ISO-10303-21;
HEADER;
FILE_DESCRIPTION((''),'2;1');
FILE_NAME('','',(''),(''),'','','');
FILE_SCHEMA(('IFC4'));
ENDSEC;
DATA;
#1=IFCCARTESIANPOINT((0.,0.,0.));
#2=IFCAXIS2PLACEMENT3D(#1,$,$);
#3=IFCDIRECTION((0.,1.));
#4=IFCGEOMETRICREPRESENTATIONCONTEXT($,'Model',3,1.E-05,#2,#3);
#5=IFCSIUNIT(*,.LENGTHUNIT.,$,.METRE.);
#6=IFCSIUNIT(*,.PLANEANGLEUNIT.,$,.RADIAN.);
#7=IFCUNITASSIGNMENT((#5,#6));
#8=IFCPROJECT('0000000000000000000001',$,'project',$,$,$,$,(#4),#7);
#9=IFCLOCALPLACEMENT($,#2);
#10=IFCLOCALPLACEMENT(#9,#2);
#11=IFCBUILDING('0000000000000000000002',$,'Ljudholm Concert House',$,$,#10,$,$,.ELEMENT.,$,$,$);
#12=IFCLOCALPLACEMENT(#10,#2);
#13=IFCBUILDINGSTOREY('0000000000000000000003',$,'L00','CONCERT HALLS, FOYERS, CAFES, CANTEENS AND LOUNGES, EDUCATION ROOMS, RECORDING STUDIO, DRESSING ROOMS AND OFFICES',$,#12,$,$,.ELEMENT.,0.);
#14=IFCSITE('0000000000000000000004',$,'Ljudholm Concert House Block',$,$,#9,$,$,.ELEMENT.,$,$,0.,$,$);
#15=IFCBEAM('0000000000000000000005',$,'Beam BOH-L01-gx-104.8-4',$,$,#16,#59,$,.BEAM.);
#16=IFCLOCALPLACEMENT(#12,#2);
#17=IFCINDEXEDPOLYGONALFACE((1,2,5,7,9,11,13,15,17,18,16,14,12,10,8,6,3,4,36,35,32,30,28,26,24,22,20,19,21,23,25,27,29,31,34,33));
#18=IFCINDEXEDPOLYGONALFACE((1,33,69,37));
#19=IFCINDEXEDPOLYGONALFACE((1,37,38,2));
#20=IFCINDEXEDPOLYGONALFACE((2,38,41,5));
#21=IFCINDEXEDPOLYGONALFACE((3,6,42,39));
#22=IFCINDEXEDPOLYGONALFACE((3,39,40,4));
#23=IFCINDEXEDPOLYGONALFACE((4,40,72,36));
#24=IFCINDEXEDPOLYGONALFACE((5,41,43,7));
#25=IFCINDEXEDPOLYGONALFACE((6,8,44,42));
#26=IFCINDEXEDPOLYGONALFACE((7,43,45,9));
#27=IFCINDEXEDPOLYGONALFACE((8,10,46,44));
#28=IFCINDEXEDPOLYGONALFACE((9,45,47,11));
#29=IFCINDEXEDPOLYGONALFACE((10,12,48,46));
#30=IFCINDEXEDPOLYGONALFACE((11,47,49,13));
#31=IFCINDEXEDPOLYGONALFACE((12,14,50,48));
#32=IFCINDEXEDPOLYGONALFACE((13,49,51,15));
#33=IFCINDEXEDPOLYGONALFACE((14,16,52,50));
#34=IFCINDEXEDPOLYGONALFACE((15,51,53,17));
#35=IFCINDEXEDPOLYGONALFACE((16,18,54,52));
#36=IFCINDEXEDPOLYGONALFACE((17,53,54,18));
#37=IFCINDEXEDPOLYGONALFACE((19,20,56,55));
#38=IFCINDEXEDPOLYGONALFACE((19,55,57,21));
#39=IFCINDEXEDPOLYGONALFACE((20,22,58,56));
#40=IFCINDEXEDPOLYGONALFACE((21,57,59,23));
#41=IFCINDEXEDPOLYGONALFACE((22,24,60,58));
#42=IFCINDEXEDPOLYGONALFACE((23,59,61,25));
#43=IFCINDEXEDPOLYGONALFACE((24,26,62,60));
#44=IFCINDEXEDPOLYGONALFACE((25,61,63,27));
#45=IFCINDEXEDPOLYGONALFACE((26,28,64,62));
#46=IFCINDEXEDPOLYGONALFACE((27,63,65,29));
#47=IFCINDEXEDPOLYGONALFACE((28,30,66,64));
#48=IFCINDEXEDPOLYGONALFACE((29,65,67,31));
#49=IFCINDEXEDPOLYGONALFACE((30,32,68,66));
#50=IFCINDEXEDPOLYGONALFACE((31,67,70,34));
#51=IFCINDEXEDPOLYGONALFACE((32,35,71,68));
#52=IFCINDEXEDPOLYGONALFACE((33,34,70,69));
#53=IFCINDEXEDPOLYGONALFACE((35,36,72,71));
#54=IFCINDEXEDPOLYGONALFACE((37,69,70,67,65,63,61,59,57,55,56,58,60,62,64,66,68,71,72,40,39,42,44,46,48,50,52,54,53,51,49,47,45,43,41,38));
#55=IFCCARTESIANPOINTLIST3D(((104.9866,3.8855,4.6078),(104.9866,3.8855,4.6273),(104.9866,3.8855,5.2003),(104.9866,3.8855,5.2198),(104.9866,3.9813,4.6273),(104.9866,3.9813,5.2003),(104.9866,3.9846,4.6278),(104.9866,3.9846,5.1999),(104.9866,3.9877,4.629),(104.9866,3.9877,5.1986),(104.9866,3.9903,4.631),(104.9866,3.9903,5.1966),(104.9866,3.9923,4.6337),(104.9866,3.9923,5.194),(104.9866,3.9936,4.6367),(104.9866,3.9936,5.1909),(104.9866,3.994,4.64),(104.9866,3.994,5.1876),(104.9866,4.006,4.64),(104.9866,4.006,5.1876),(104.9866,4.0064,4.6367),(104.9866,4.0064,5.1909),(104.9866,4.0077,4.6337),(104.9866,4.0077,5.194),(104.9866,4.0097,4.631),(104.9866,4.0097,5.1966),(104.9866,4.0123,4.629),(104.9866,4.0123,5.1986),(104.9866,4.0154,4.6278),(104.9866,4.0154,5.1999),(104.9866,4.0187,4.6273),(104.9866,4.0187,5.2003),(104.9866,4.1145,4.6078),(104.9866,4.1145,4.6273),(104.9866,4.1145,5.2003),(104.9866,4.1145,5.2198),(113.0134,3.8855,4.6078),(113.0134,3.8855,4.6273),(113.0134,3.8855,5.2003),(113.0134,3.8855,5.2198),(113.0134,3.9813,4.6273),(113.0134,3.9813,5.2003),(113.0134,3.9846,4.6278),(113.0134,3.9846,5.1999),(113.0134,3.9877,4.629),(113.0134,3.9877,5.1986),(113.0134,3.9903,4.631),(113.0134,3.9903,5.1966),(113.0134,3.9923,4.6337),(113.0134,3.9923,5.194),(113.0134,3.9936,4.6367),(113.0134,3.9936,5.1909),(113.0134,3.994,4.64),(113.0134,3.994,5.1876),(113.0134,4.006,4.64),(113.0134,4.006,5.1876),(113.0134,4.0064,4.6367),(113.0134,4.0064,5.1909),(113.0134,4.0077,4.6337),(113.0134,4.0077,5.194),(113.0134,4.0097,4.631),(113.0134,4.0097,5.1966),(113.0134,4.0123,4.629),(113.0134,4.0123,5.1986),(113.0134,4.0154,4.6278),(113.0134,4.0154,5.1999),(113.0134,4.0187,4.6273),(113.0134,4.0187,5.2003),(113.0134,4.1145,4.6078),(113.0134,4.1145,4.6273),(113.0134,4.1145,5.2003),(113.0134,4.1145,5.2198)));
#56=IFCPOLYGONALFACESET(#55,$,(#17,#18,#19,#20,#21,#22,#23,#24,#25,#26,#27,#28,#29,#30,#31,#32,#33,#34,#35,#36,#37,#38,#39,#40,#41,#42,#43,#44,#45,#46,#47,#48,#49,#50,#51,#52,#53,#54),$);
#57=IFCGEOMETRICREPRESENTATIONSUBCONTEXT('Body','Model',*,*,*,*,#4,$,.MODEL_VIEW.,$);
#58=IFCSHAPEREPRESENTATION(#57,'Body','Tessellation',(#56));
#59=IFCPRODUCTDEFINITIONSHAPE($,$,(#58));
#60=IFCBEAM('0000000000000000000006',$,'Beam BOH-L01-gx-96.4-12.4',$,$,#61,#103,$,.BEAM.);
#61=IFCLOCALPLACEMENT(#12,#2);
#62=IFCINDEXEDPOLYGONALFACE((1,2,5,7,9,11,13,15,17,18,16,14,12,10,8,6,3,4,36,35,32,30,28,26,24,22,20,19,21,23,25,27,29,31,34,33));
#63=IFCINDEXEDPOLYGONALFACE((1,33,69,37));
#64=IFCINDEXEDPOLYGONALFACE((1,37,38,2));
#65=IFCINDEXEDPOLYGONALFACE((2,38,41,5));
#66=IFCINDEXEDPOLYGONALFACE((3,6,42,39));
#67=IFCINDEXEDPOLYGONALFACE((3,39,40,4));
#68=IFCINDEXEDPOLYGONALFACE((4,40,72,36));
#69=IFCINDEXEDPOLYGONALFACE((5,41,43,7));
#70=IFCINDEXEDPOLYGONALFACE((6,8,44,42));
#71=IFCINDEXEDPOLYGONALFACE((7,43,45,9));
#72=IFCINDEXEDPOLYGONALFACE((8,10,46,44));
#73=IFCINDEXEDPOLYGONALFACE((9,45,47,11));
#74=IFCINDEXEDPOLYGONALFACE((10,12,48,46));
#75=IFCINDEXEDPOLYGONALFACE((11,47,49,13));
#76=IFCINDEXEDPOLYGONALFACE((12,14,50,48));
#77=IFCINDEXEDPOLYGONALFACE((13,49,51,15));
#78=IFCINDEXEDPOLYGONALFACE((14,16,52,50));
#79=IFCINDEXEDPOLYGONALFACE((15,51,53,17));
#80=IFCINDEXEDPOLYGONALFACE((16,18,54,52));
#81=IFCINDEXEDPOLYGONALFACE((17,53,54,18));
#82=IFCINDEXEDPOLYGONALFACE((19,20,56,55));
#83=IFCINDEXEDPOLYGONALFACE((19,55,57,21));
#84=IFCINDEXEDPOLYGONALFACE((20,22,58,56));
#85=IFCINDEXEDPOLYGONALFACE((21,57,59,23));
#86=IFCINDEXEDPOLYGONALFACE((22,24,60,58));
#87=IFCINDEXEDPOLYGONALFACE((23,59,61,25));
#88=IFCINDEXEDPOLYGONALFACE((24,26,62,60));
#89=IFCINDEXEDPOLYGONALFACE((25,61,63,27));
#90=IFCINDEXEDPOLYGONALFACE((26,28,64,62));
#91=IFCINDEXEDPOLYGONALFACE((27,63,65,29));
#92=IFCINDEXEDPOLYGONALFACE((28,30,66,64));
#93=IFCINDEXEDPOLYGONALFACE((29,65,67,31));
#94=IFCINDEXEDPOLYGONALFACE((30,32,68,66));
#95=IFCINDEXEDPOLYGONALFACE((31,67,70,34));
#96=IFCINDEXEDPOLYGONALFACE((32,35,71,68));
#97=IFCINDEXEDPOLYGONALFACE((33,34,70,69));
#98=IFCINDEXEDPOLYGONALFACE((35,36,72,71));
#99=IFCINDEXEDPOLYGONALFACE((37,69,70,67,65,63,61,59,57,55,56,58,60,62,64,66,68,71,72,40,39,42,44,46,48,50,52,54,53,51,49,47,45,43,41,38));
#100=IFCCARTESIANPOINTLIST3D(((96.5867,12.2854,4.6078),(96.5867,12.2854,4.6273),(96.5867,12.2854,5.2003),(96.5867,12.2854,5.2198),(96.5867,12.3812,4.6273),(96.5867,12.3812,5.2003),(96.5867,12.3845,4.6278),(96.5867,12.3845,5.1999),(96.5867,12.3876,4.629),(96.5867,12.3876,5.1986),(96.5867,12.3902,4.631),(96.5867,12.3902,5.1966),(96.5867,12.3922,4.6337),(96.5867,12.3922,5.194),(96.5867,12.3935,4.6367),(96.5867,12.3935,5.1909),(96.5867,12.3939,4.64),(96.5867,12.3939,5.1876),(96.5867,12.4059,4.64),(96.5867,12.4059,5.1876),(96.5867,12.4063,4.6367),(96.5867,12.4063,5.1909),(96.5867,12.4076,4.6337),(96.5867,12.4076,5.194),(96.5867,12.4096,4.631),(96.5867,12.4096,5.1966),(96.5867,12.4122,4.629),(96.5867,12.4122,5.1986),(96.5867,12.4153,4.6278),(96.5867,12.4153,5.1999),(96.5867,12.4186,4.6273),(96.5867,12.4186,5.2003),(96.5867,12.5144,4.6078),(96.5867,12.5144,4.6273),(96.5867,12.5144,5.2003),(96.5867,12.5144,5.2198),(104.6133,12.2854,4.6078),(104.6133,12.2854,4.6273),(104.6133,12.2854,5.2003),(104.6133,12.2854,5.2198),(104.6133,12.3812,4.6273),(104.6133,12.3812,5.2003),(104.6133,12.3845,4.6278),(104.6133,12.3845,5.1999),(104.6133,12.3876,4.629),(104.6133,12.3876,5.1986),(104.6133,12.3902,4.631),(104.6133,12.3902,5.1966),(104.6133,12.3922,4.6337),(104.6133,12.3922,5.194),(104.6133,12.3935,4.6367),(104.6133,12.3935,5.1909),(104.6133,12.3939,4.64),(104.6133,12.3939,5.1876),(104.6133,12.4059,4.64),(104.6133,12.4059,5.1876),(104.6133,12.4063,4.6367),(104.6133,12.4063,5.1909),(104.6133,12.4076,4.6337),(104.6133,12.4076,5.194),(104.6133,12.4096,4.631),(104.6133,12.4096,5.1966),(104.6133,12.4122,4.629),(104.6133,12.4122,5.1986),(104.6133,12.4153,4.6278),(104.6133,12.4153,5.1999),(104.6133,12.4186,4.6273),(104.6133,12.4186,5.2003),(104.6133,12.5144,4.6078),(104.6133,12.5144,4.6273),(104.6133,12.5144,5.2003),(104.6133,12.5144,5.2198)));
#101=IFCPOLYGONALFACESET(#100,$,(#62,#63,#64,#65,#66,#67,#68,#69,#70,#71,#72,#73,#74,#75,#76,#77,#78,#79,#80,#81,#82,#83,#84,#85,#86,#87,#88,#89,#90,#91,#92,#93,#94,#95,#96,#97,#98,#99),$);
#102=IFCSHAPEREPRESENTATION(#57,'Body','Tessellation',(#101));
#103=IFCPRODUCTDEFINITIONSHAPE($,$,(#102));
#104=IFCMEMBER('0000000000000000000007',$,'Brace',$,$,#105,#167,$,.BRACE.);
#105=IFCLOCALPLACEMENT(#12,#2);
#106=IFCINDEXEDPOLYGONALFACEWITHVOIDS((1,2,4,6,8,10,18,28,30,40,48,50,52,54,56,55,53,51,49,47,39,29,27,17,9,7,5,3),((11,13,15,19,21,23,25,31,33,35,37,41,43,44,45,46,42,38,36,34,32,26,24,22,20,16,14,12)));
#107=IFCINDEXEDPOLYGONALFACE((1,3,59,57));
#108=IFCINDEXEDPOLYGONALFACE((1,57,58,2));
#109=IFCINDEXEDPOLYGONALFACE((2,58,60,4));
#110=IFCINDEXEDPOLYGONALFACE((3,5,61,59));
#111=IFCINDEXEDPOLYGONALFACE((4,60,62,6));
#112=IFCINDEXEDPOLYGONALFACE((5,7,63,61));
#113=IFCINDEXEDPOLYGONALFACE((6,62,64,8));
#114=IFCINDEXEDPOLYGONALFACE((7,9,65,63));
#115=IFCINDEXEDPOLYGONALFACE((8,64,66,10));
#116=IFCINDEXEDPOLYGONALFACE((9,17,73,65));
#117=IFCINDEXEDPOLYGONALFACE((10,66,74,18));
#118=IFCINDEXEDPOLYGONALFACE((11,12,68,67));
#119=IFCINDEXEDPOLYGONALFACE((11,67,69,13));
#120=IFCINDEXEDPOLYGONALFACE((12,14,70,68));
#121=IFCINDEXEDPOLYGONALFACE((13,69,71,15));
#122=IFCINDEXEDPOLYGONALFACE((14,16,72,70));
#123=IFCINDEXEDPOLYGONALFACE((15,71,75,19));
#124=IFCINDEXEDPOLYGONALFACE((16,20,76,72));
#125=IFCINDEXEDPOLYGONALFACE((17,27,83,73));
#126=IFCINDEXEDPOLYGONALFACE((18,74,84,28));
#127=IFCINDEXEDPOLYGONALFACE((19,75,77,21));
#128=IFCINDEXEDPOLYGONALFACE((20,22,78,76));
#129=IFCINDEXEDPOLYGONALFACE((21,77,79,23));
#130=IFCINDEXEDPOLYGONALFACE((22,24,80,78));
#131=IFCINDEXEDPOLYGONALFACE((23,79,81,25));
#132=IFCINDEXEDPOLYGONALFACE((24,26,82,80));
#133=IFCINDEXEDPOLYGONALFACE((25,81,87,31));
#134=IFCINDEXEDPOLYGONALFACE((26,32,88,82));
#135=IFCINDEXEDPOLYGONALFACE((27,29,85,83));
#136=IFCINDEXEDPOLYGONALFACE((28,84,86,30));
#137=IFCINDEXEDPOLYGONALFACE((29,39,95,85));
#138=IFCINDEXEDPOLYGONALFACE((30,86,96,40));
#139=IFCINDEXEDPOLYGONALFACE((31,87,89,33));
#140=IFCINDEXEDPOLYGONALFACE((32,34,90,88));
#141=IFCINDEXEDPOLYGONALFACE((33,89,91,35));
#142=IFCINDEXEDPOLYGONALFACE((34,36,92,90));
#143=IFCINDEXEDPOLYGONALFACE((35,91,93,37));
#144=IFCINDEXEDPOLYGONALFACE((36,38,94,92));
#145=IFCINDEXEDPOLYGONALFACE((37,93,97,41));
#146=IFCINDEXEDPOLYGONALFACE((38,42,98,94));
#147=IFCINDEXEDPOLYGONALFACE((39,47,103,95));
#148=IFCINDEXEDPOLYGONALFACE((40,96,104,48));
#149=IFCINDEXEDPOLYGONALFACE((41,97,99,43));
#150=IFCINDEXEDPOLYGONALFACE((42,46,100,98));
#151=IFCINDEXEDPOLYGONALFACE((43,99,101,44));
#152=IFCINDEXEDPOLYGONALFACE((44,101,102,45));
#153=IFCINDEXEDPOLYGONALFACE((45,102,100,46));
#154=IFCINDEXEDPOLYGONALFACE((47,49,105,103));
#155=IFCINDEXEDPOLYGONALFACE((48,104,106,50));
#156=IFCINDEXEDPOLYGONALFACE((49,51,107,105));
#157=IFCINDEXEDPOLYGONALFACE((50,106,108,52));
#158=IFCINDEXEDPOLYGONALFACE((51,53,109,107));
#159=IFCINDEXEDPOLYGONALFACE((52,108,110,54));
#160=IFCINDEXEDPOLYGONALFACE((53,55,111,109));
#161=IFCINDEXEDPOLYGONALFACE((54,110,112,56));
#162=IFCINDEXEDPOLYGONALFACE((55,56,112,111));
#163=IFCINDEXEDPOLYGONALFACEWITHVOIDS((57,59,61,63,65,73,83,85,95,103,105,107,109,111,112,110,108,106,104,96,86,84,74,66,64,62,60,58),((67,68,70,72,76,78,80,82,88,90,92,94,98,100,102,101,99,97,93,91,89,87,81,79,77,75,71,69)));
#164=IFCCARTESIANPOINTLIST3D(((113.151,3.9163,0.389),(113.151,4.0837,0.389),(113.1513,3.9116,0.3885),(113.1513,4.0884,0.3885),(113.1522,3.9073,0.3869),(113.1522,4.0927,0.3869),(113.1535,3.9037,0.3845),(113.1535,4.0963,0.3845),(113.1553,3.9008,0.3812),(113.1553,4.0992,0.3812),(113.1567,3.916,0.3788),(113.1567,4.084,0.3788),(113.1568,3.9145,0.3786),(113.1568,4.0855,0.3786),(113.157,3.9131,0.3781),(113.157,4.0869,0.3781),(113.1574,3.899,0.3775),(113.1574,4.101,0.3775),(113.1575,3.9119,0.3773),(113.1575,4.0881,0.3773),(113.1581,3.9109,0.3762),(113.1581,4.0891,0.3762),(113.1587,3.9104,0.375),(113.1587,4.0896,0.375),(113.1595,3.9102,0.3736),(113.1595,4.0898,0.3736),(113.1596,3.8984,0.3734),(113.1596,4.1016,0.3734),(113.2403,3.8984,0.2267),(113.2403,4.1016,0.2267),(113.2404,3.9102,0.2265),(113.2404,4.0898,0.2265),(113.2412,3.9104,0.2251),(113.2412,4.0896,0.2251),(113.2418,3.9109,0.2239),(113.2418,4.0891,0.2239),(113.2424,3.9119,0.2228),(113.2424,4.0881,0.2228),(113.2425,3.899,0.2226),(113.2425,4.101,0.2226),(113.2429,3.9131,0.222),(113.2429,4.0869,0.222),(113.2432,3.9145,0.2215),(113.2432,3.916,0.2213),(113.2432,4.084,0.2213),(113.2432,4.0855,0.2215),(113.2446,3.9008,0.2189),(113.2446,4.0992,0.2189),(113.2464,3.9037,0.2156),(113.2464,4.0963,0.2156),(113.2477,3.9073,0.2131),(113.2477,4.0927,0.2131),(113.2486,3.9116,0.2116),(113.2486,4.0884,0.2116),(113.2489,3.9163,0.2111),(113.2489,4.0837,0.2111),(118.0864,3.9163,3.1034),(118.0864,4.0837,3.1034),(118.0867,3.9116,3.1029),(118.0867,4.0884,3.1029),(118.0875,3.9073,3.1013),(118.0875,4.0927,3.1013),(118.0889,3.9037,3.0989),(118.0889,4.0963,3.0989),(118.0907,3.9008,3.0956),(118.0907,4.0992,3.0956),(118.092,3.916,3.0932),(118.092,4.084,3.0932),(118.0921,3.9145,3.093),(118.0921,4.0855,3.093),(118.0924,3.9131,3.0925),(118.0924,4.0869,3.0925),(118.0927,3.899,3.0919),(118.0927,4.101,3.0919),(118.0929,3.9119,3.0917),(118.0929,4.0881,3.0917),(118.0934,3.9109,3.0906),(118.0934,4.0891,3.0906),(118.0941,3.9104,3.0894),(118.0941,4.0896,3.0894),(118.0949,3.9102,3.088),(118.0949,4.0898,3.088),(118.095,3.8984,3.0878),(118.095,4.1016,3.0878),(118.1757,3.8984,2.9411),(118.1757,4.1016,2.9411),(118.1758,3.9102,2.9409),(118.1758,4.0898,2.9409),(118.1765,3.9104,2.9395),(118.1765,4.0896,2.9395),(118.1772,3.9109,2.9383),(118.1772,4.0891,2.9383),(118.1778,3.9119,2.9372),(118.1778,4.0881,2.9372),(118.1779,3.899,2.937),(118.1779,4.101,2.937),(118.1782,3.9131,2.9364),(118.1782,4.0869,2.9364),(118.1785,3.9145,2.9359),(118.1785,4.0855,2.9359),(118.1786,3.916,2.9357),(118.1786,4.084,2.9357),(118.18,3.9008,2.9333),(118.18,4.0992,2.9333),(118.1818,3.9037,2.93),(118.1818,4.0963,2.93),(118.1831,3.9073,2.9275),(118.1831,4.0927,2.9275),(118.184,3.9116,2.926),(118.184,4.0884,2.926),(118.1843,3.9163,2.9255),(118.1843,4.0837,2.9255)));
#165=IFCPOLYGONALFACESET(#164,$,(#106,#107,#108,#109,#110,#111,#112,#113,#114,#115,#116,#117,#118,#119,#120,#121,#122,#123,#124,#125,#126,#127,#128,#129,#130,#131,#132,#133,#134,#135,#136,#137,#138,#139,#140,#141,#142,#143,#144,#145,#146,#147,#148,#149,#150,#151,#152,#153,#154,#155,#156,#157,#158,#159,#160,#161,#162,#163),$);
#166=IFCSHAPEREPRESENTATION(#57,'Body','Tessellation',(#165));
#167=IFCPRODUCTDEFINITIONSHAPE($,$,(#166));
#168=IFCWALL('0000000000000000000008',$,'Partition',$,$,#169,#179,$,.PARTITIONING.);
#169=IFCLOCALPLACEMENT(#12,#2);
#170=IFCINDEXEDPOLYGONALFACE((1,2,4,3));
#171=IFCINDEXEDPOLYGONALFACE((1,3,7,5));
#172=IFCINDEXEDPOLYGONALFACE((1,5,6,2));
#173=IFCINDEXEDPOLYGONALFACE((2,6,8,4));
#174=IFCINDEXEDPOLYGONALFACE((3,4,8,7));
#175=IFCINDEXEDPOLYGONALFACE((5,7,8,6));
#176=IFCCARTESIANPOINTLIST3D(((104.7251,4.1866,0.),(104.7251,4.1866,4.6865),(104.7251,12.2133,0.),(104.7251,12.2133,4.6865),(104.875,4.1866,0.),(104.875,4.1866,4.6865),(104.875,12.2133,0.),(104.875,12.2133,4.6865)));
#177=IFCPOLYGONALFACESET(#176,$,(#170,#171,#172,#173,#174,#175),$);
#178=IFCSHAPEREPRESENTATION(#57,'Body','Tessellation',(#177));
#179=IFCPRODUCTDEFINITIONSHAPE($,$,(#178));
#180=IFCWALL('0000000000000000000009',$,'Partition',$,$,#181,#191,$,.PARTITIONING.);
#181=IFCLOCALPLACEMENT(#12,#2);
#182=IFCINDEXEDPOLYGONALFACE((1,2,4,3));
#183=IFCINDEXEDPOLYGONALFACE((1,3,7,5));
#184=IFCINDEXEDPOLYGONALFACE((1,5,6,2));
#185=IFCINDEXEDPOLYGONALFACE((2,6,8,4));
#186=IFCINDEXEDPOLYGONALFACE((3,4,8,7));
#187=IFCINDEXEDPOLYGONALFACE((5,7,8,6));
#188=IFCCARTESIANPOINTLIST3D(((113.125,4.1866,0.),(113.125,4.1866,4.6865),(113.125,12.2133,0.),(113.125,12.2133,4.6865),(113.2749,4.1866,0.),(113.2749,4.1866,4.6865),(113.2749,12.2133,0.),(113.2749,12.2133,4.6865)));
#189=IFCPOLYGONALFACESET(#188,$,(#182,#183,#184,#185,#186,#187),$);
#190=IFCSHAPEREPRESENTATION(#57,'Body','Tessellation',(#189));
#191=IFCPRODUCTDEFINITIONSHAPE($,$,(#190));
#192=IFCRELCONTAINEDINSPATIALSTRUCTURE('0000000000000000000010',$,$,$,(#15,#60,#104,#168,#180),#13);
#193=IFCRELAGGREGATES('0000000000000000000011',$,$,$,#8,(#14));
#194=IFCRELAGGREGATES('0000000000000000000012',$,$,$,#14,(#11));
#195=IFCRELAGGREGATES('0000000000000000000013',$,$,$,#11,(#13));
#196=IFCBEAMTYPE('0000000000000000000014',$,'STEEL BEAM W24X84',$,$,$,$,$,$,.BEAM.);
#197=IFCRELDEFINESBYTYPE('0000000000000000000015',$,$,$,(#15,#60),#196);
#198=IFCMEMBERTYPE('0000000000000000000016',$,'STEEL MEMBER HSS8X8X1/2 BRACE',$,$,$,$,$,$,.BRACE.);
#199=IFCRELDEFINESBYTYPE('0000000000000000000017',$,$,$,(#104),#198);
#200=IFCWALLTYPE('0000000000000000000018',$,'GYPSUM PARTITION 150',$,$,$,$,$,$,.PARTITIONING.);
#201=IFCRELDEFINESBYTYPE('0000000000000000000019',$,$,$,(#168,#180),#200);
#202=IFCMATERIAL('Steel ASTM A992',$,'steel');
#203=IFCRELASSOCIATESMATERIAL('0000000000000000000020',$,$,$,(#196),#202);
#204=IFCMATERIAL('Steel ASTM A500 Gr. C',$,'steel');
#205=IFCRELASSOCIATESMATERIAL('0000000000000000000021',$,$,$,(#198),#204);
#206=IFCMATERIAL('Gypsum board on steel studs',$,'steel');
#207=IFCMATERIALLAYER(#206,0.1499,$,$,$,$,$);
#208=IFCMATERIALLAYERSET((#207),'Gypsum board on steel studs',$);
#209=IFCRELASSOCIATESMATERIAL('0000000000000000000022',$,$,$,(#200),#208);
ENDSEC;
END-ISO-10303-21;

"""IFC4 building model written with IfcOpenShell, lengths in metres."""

from ifc_helpers import new_model, si_unit, direction, frame, frame_2d, origin, origin_2d, place, context, subcontext, project, spatial, rectangle, hollow_rectangle, i_section, extrude, material, layer, layer_set, material_profile, profile_set, type_object, element, save


model = new_model("IFC4")

# Units and contexts
model_context = context("Model", 3, precision=1e-05, world=origin(), true_north=direction((0.0, 1.0)))
body_context = subcontext(model_context, "Body", "Model", "MODEL_VIEW")
ifc_project = project(units=[si_unit("LENGTHUNIT", "METRE"), si_unit("PLANEANGLEUNIT", "RADIAN")], contexts=[model_context])

# Site, building, storey
site_placement = place(None, origin())
site = spatial("IfcSite", under=ifc_project, at=site_placement, Name="Ljudholm Concert House Block", CompositionType="ELEMENT", RefElevation=0.0)
building_placement = place(site_placement, origin())
building = spatial("IfcBuilding", under=site, at=building_placement, Name="Ljudholm Concert House", CompositionType="ELEMENT")
storey_placement = place(building_placement, origin())
storey = spatial("IfcBuildingStorey", under=building, at=storey_placement, Name="L00", Description="CONCERT HALLS, FOYERS, CAFES, CANTEENS AND LOUNGES, EDUCATION ROOMS, RECORDING STUDIO, DRESSING ROOMS AND OFFICES", CompositionType="ELEMENT", Elevation=0.0)

# Beams
ifc_material_1 = material(Name="Steel ASTM A992", Category="steel")
ifc_material_profile_1 = material_profile(ifc_material_1, i_section(OverallWidth=0.229, OverallDepth=0.6121, WebThickness=0.012, FlangeThickness=0.0195, FilletRadius=0.0127, at=origin_2d()), Name="W24X84")
ifc_profile_set_1 = profile_set([ifc_material_profile_1], Name="Steel ASTM A992")
beam_type_1 = type_object("IfcBeamType", Name="STEEL BEAM W24X84", PredefinedType="BEAM", material=ifc_profile_set_1)
beam_1_placement = place(storey_placement, frame((104.9866, 4.0, 4.9138), z_axis=(1.0, 0.0, 0.0), x_axis=(0.0, 1.0, 0.0)))
element("IfcBeam", 1, at=beam_1_placement, inside=storey, type_object=beam_type_1, Name="Beam BOH-L01-gx-104.8-4", PredefinedType="BEAM", context=body_context, shape_type="SweptSolid", body=[
    extrude(i_section(OverallWidth=0.229, OverallDepth=0.6121, WebThickness=0.012, FlangeThickness=0.0195, FilletRadius=0.0127, at=origin_2d()), origin(), (0.0, 0.0, 1.0), 8.0269),
])
beam_2_placement = place(storey_placement, frame((96.5867, 12.3999, 4.9138), z_axis=(1.0, 0.0, 0.0), x_axis=(0.0, 1.0, 0.0)))
element("IfcBeam", 2, at=beam_2_placement, inside=storey, type_object=beam_type_1, Name="Beam BOH-L01-gx-96.4-12.4", PredefinedType="BEAM", context=body_context, shape_type="SweptSolid", body=[
    extrude(i_section(OverallWidth=0.229, OverallDepth=0.6121, WebThickness=0.012, FlangeThickness=0.0195, FilletRadius=0.0127, at=origin_2d()), origin(), (0.0, 0.0, 1.0), 8.0266),
])

# Member
ifc_material_2 = material(Name="Steel ASTM A500 Gr. C", Category="steel")
ifc_material_profile_2 = material_profile(ifc_material_2, hollow_rectangle(XDim=0.2031, YDim=0.2031, WallThickness=0.0117, InnerFilletRadius=0.0059, OuterFilletRadius=0.0178, at=origin_2d()), Name="HSS8X8X1/2")
ifc_profile_set_2 = profile_set([ifc_material_profile_2], Name="Steel ASTM A500 Gr. C")
member_type = type_object("IfcMemberType", Name="STEEL MEMBER HSS8X8X1/2 BRACE", PredefinedType="BRACE", material=ifc_profile_set_2)
member_placement = place(storey_placement, frame((113.2, 4.0, 0.3), z_axis=(0.87622, 0.0, 0.48191), x_axis=(0.0, 1.0, 0.0)))
element("IfcMember", 3, at=member_placement, inside=storey, type_object=member_type, Name="Brace", PredefinedType="BRACE", context=body_context, shape_type="SweptSolid", body=[
    extrude(hollow_rectangle(XDim=0.2031, YDim=0.2031, WallThickness=0.0117, InnerFilletRadius=0.0059, OuterFilletRadius=0.0178, at=origin_2d()), origin(), (0.0, 0.0, 1.0), 5.6326),
])

# Walls
ifc_material_3 = material(Name="Gypsum board on steel studs", Category="steel")
ifc_layer_1 = layer(ifc_material_3, 0.1499)
ifc_layer_set_1 = layer_set([ifc_layer_1], Name="Gypsum board on steel studs")
wall_type_1 = type_object("IfcWallType", Name="GYPSUM PARTITION 150", PredefinedType="PARTITIONING", material=ifc_layer_set_1)
for number, where, z_axis, x_axis, name in (
    (4, (104.8, 4.1868, 0.0), (0.0, 0.0, 1.0), (0.0, 1.0, 0.0), "Partition"),
    (5, (113.2, 4.1868, 0.0), (0.0, 0.0, 1.0), (0.0, 1.0, 0.0), "Partition"),
):
    element("IfcWall", number, at=place(storey_placement, frame(where, z_axis=z_axis, x_axis=x_axis)), inside=storey, type_object=wall_type_1, Name=name, PredefinedType="PARTITIONING", context=body_context, shape_type="SweptSolid", body=[
        extrude(rectangle(XDim=8.0266, YDim=0.1499, at=frame_2d((4.0132, 0.0))), origin(), (0.0, 0.0, 1.0), 4.6865),
    ])

save(model, "model.ifc")
